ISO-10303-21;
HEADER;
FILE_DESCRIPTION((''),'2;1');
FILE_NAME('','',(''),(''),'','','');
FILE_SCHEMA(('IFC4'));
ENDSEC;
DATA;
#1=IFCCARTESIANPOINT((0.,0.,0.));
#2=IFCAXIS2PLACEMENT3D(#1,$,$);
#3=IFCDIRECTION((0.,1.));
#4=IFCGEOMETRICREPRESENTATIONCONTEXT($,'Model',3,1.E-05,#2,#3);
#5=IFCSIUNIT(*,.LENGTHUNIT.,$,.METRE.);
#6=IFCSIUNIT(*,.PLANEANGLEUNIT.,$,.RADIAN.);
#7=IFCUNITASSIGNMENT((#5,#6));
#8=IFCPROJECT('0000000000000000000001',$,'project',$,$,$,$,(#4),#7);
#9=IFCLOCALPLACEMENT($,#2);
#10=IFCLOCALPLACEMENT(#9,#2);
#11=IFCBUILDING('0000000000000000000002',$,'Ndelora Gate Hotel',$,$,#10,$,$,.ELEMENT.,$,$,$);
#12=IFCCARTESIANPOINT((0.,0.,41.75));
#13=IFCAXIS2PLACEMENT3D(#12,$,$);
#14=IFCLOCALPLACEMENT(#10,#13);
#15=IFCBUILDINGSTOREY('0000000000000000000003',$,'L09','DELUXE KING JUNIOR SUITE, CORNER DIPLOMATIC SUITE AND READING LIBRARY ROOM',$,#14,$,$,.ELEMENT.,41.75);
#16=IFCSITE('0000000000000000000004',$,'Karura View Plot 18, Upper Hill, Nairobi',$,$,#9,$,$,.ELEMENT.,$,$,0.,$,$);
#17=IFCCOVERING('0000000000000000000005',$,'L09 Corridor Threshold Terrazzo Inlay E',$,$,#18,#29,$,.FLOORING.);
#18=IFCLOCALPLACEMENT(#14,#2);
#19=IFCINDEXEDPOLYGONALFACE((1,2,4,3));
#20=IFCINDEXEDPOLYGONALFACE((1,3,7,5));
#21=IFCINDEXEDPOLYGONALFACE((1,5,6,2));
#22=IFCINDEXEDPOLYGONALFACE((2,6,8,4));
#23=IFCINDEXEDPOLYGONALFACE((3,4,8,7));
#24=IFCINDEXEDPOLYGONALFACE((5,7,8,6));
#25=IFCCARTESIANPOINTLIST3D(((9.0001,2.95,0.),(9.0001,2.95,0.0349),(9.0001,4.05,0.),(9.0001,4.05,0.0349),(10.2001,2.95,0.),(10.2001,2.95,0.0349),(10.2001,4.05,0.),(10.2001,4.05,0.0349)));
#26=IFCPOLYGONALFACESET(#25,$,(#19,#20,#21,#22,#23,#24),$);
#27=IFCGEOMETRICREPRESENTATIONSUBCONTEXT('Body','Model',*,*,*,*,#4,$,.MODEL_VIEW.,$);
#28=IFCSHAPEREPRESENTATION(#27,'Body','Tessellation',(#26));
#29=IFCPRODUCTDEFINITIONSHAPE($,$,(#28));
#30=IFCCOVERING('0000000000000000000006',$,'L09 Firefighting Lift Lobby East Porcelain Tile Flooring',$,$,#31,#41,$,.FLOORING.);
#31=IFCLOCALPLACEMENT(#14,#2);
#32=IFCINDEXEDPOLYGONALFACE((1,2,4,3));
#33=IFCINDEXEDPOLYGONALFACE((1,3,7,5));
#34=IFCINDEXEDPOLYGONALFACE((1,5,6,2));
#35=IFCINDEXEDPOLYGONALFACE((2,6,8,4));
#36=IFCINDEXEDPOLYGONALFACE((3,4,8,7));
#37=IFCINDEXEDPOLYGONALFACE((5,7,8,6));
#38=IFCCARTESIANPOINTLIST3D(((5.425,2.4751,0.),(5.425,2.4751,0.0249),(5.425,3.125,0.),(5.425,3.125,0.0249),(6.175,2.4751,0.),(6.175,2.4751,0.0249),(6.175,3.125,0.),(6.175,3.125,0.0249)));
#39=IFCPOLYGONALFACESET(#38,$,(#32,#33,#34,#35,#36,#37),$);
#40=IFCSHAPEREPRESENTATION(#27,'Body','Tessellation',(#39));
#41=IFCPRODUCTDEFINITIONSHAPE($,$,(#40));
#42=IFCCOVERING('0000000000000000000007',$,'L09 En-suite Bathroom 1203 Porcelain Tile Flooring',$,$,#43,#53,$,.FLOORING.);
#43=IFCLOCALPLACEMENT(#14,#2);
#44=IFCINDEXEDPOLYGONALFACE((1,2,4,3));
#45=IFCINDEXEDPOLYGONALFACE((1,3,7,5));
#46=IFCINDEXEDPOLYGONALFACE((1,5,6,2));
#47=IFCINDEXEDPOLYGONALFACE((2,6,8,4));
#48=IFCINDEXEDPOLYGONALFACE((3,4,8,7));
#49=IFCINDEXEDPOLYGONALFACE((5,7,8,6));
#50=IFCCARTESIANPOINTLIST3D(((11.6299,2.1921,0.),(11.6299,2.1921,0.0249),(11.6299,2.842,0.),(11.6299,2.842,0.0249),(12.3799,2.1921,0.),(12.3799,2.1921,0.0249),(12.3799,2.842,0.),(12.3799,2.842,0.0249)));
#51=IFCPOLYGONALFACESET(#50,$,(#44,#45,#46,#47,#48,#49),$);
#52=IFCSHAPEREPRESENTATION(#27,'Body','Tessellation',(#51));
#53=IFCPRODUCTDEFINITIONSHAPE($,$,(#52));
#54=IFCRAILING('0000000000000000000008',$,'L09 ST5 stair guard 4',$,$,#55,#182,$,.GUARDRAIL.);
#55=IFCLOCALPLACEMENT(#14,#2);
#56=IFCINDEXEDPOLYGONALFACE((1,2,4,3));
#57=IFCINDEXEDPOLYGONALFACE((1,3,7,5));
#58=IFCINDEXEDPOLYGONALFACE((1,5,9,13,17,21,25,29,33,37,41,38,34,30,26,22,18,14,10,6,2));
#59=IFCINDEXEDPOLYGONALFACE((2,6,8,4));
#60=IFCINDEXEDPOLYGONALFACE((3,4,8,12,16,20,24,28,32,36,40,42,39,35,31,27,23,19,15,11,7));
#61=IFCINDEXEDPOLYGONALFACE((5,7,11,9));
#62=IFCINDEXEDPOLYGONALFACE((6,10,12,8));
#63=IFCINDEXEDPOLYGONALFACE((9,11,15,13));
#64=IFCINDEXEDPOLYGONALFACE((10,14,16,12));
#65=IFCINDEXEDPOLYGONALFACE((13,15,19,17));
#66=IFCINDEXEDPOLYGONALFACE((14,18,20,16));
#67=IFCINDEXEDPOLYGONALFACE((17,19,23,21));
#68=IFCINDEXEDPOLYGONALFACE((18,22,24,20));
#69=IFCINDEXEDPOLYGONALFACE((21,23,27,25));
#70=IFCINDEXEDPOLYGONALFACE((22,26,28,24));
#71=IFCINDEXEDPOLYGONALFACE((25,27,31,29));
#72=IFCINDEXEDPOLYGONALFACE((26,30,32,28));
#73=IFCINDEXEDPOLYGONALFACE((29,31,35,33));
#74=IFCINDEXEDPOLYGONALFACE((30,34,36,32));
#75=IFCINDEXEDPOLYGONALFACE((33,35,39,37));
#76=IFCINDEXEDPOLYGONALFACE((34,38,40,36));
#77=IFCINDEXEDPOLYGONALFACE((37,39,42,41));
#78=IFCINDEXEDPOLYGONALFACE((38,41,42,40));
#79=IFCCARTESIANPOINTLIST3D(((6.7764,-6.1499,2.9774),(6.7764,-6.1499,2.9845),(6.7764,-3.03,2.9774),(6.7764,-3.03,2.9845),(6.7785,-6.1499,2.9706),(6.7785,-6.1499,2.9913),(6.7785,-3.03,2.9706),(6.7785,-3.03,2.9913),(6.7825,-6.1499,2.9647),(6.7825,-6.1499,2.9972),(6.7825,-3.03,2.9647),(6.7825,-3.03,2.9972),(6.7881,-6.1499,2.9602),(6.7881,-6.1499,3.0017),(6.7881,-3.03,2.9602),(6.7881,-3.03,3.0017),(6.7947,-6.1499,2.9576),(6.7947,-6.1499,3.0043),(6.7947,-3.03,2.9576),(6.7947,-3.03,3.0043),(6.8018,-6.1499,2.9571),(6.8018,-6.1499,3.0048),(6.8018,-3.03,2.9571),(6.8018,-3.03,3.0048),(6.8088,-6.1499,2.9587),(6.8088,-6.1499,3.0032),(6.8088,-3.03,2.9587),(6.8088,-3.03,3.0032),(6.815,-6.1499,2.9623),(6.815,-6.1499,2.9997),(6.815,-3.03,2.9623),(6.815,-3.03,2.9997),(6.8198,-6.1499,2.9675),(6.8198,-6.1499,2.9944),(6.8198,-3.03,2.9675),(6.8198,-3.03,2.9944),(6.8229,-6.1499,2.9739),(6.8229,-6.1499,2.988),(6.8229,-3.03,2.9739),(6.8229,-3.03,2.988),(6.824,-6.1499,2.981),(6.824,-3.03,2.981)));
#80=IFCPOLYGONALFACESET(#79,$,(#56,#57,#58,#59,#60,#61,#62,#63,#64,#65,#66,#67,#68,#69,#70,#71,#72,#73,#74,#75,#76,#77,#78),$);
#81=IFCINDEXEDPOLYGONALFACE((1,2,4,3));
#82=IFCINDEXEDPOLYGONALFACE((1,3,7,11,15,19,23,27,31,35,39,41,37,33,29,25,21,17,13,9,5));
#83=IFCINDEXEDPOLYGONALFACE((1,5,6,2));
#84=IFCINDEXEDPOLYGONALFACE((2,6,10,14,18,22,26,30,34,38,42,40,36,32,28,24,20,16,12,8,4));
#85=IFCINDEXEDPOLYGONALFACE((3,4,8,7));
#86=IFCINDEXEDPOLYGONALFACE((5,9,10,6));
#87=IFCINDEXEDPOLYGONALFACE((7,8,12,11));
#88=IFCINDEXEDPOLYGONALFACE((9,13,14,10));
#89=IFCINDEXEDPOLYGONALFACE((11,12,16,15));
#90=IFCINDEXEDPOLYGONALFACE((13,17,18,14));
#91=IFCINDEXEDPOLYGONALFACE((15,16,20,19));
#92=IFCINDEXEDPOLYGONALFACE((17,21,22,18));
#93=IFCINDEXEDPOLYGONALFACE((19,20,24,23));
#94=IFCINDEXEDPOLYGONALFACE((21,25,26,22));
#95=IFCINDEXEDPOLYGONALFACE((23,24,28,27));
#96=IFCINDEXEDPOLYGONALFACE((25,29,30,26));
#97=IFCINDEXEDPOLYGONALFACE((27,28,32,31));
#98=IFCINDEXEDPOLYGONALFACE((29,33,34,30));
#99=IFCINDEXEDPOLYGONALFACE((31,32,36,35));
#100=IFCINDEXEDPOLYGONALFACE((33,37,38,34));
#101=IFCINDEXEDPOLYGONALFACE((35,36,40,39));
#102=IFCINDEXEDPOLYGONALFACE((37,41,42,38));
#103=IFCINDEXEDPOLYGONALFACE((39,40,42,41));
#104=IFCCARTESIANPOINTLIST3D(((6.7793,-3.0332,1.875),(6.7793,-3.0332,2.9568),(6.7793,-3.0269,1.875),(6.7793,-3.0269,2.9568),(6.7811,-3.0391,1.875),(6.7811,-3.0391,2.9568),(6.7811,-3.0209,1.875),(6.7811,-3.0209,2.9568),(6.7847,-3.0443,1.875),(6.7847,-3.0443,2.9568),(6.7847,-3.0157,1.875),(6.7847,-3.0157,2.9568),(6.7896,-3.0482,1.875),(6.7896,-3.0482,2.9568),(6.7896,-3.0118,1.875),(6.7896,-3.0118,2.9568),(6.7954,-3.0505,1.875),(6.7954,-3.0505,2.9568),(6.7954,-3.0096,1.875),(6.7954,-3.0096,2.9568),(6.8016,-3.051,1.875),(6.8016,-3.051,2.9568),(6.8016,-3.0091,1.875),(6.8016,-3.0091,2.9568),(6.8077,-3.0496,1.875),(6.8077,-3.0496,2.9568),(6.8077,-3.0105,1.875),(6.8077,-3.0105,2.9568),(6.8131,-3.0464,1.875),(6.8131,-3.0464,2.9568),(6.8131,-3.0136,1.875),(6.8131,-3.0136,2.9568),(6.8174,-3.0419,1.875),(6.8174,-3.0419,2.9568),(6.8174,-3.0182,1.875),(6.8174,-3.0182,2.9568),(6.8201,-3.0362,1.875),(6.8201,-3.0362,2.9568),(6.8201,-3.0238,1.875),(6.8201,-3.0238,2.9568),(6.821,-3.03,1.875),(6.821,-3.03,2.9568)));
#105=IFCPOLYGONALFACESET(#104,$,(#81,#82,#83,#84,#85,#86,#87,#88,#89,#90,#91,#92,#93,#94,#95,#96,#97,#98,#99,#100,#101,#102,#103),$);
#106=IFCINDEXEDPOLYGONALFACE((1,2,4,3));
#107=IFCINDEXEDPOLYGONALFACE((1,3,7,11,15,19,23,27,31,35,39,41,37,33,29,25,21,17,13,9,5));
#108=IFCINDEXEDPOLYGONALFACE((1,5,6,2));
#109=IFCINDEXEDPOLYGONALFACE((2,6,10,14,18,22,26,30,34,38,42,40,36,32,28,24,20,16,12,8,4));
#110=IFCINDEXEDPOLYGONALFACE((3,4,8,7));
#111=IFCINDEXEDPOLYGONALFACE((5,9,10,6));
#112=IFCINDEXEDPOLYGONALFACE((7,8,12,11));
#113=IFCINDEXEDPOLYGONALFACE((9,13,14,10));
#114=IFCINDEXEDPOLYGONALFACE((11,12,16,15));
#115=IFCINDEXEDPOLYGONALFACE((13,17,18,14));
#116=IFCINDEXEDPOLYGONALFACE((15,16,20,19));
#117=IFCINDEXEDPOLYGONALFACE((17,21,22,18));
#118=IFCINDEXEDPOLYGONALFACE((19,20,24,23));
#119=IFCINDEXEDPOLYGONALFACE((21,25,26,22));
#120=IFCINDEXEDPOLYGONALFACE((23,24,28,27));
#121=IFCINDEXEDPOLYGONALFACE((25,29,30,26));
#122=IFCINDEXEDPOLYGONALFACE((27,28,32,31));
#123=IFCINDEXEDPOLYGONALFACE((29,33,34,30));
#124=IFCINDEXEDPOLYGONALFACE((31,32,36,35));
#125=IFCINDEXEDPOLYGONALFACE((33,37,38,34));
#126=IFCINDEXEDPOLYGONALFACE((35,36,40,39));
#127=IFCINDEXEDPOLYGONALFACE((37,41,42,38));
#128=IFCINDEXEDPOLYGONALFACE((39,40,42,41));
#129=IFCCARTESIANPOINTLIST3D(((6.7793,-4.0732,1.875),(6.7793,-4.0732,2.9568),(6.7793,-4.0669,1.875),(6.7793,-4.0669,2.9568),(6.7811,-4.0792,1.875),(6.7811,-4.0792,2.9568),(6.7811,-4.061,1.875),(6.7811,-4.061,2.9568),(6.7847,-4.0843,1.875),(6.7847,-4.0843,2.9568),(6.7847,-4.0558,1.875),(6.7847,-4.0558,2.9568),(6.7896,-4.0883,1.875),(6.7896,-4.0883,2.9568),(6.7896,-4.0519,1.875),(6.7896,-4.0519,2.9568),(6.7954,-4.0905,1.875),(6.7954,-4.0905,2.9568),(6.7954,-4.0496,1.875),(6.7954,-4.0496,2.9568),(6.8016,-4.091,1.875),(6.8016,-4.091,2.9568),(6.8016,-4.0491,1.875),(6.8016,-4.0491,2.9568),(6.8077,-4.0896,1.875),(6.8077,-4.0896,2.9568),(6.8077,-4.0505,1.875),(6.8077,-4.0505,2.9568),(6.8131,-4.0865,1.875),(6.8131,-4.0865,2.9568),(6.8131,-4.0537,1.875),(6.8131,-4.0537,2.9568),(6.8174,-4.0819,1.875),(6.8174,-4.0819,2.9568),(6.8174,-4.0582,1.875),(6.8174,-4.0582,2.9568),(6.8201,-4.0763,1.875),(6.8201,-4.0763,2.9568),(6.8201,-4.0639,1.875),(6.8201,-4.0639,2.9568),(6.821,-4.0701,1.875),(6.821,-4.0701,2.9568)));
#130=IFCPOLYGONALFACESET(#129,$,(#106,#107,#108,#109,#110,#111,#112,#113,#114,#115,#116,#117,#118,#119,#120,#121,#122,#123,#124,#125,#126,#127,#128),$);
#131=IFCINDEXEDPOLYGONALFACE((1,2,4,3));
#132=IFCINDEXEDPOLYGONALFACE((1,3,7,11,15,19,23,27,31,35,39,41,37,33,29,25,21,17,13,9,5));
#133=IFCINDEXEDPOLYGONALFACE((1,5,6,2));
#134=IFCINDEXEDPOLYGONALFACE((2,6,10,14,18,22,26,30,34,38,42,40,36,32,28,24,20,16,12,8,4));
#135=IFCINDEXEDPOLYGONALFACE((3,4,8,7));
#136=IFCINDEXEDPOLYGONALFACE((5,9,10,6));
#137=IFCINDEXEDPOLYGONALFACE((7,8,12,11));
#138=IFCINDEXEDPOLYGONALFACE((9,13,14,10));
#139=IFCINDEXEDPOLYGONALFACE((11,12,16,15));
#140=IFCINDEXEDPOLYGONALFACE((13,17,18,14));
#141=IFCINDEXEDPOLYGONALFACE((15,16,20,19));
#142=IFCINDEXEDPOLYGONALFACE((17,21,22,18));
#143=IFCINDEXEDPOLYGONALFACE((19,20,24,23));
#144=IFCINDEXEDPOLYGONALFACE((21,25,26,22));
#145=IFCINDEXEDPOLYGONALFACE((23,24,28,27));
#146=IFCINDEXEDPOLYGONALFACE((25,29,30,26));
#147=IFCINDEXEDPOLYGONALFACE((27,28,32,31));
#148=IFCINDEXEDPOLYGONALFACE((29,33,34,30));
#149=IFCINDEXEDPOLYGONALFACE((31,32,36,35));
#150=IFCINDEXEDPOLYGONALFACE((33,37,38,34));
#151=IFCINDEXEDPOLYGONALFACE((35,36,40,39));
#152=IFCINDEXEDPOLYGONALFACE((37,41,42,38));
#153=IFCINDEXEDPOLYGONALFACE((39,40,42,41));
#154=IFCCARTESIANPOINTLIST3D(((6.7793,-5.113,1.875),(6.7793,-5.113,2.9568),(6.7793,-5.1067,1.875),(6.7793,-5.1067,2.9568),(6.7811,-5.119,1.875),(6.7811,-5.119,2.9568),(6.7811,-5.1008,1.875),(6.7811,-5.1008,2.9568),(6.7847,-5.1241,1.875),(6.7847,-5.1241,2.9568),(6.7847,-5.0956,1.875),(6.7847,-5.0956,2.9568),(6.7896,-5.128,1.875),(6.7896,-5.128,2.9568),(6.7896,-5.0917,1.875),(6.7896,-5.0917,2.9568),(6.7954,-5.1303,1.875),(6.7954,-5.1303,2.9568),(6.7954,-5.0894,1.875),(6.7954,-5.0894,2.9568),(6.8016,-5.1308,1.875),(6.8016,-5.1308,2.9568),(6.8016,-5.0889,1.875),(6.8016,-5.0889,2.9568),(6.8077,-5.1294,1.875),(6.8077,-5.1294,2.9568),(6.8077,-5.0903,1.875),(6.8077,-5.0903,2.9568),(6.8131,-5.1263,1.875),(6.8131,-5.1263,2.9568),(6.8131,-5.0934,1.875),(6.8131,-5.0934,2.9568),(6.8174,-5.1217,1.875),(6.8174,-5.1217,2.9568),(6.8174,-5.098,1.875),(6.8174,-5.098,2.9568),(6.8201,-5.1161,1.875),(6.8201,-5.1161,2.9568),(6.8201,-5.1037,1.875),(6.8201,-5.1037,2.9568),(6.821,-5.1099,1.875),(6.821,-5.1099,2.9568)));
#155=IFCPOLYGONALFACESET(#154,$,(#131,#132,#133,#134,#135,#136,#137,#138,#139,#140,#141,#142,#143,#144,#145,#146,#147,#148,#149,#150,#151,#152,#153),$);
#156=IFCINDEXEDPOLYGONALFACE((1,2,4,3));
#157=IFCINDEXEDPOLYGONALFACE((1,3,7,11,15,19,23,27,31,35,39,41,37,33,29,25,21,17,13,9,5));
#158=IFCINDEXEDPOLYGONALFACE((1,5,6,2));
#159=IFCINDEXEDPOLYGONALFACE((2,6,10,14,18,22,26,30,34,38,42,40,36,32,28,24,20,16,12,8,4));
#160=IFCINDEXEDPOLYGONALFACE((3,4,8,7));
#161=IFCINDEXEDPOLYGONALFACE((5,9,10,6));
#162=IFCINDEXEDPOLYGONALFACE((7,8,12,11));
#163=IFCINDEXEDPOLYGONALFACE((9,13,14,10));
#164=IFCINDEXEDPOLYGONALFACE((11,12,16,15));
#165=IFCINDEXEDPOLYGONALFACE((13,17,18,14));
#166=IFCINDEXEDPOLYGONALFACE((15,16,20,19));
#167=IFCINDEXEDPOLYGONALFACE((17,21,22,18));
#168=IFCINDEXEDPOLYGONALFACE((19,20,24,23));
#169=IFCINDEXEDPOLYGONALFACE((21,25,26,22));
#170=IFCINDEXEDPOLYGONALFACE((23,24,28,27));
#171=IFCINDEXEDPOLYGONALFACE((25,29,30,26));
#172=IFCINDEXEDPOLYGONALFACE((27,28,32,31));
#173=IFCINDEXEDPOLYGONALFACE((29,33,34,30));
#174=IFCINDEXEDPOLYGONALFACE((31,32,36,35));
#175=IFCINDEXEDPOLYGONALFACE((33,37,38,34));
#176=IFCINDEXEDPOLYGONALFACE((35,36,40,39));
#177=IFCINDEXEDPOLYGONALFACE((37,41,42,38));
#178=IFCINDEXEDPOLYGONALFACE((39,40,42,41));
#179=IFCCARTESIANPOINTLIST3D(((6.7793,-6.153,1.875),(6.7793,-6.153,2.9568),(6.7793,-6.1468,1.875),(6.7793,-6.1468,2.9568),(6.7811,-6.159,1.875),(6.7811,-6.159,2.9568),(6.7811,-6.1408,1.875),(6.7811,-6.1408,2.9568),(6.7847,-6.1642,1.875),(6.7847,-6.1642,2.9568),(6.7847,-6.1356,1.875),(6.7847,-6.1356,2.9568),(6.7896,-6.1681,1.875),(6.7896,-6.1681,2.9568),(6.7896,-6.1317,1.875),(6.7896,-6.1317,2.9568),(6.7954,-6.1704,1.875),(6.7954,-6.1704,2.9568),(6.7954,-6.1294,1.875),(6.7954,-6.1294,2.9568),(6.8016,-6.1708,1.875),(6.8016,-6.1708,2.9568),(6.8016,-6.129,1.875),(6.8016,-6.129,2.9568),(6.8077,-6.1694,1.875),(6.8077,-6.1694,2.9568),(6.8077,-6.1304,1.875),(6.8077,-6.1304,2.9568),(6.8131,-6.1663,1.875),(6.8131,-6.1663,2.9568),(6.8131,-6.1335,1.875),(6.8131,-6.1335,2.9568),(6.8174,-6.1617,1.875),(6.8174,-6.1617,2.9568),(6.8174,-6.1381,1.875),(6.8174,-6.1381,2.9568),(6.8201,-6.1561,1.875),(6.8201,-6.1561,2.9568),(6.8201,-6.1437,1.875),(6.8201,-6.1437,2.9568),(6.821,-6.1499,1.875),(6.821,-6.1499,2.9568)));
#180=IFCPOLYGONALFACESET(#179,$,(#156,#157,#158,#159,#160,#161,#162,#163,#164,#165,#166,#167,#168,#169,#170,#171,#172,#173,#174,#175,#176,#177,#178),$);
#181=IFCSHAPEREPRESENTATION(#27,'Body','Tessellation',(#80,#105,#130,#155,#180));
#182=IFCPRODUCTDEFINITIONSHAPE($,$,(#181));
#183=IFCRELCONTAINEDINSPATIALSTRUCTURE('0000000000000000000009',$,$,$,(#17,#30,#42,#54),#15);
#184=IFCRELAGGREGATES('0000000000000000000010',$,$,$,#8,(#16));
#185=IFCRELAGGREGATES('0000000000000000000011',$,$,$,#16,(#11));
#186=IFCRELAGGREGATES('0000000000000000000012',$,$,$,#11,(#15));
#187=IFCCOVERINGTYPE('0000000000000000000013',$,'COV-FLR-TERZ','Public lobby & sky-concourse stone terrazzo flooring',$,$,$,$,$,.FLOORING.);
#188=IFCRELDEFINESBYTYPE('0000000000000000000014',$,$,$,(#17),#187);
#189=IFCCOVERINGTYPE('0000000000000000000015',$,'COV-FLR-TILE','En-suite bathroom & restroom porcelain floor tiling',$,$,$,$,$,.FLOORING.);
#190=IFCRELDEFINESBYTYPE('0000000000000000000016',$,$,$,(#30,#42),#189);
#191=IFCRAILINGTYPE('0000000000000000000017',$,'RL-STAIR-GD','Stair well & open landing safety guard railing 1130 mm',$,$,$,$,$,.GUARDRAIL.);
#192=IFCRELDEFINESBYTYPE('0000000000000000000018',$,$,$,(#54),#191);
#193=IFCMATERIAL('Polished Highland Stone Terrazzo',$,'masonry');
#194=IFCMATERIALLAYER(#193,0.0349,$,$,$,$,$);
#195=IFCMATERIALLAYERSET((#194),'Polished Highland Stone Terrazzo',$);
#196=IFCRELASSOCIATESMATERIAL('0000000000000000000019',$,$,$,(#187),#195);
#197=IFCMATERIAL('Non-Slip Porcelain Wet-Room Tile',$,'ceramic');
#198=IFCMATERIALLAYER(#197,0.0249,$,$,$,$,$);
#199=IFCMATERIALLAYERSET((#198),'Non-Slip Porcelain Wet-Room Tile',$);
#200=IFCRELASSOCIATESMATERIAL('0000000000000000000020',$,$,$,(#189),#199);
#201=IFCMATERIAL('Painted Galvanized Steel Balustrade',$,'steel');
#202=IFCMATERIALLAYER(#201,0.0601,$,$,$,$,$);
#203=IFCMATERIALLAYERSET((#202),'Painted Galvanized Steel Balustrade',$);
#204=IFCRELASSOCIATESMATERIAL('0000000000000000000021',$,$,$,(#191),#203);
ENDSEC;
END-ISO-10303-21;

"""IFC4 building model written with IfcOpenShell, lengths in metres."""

from ifc_helpers import new_model, si_unit, direction, frame, origin, origin_2d, place, context, subcontext, project, spatial, rectangle, circle, extrude, material, layer, layer_set, type_object, element, save


model = new_model("IFC4")

# Units and contexts
model_context = context("Model", 3, precision=1e-05, world=origin(), true_north=direction((0.0, 1.0)))
body_context = subcontext(model_context, "Body", "Model", "MODEL_VIEW")
ifc_project = project(units=[si_unit("LENGTHUNIT", "METRE"), si_unit("PLANEANGLEUNIT", "RADIAN")], contexts=[model_context])

# Site, building, storey
site_placement = place(None, origin())
site = spatial("IfcSite", under=ifc_project, at=site_placement, Name="Karura View Plot 18, Upper Hill, Nairobi", CompositionType="ELEMENT", RefElevation=0.0)
building_placement = place(site_placement, origin())
building = spatial("IfcBuilding", under=site, at=building_placement, Name="Ndelora Gate Hotel", CompositionType="ELEMENT")
storey_placement = place(building_placement, frame((0.0, 0.0, 41.75)))
storey = spatial("IfcBuildingStorey", under=building, at=storey_placement, Name="L09", Description="DELUXE KING JUNIOR SUITE, CORNER DIPLOMATIC SUITE AND READING LIBRARY ROOM", CompositionType="ELEMENT", Elevation=41.75)

# Coverings
ifc_material_1 = material(Name="Polished Highland Stone Terrazzo", Category="masonry")
ifc_layer_1 = layer(ifc_material_1, 0.0349)
ifc_layer_set_1 = layer_set([ifc_layer_1], Name="Polished Highland Stone Terrazzo")
covering_type_1 = type_object("IfcCoveringType", Name="COV-FLR-TERZ", Description="Public lobby & sky-concourse stone terrazzo flooring", PredefinedType="FLOORING", material=ifc_layer_set_1)
covering_1_placement = place(storey_placement, frame((9.6001, 3.5, 0.0), z_axis=(0.0, 0.0, 1.0), x_axis=(1.0, 0.0, 0.0)))
element("IfcCovering", 1, at=covering_1_placement, inside=storey, type_object=covering_type_1, Name="L09 Corridor Threshold Terrazzo Inlay E", PredefinedType="FLOORING", context=body_context, shape_type="SweptSolid", body=[
    extrude(rectangle(XDim=1.2, YDim=1.1001, at=origin_2d()), origin(), (0.0, 0.0, 1.0), 0.0349),
])
ifc_material_2 = material(Name="Non-Slip Porcelain Wet-Room Tile", Category="ceramic")
ifc_layer_2 = layer(ifc_material_2, 0.0249)
ifc_layer_set_2 = layer_set([ifc_layer_2], Name="Non-Slip Porcelain Wet-Room Tile")
covering_type_2 = type_object("IfcCoveringType", Name="COV-FLR-TILE", Description="En-suite bathroom & restroom porcelain floor tiling", PredefinedType="FLOORING", material=ifc_layer_set_2)
for number, where, z_axis, x_axis, name in (
    (2, (5.8, 2.8, 0.0), (0.0, 0.0, 1.0), (1.0, 0.0, 0.0), "L09 Firefighting Lift Lobby East Porcelain Tile Flooring"),
    (3, (12.0049, 2.5171, 0.0), (0.0, 0.0, 1.0), (1.0, 0.0, 0.0), "L09 En-suite Bathroom 1203 Porcelain Tile Flooring"),
):
    element("IfcCovering", number, at=place(storey_placement, frame(where, z_axis=z_axis, x_axis=x_axis)), inside=storey, type_object=covering_type_2, Name=name, PredefinedType="FLOORING", context=body_context, shape_type="SweptSolid", body=[
        extrude(rectangle(XDim=0.75, YDim=0.6499, at=origin_2d()), origin(), (0.0, 0.0, 1.0), 0.0249),
    ])

# Railing
ifc_material_3 = material(Name="Painted Galvanized Steel Balustrade", Category="steel")
ifc_layer_3 = layer(ifc_material_3, 0.0601)
ifc_layer_set_3 = layer_set([ifc_layer_3], Name="Painted Galvanized Steel Balustrade")
railing_type_1 = type_object("IfcRailingType", Name="RL-STAIR-GD", Description="Stair well & open landing safety guard railing 1130 mm", PredefinedType="GUARDRAIL", material=ifc_layer_set_3)
railing_1_placement = place(storey_placement, frame((6.8, -3.03, 1.875)))
element("IfcRailing", 4, at=railing_1_placement, inside=storey, type_object=railing_type_1, Name="L09 ST5 stair guard 4", PredefinedType="GUARDRAIL", context=body_context, shape_type="SweptSolid", body=[
    extrude(circle(Radius=0.0239, at=origin_2d()), frame((0.0, 0.0, 1.106), z_axis=(0.0, -1.0, 0.0), x_axis=(1.0, 0.0, 0.0)), (0.0, 0.0, 1.0), 3.1199),
    extrude(circle(Radius=0.021, at=origin_2d()), origin(), (0.0, 0.0, 1.0), 1.0818),
    extrude(circle(Radius=0.021, at=origin_2d()), frame((0.0, -1.04, 0.0)), (0.0, 0.0, 1.0), 1.0818),
    extrude(circle(Radius=0.021, at=origin_2d()), frame((0.0, -2.0798, 0.0)), (0.0, 0.0, 1.0), 1.0818),
    extrude(circle(Radius=0.021, at=origin_2d()), frame((0.0, -3.1199, 0.0)), (0.0, 0.0, 1.0), 1.0818),
])

save(model, "model.ifc")
